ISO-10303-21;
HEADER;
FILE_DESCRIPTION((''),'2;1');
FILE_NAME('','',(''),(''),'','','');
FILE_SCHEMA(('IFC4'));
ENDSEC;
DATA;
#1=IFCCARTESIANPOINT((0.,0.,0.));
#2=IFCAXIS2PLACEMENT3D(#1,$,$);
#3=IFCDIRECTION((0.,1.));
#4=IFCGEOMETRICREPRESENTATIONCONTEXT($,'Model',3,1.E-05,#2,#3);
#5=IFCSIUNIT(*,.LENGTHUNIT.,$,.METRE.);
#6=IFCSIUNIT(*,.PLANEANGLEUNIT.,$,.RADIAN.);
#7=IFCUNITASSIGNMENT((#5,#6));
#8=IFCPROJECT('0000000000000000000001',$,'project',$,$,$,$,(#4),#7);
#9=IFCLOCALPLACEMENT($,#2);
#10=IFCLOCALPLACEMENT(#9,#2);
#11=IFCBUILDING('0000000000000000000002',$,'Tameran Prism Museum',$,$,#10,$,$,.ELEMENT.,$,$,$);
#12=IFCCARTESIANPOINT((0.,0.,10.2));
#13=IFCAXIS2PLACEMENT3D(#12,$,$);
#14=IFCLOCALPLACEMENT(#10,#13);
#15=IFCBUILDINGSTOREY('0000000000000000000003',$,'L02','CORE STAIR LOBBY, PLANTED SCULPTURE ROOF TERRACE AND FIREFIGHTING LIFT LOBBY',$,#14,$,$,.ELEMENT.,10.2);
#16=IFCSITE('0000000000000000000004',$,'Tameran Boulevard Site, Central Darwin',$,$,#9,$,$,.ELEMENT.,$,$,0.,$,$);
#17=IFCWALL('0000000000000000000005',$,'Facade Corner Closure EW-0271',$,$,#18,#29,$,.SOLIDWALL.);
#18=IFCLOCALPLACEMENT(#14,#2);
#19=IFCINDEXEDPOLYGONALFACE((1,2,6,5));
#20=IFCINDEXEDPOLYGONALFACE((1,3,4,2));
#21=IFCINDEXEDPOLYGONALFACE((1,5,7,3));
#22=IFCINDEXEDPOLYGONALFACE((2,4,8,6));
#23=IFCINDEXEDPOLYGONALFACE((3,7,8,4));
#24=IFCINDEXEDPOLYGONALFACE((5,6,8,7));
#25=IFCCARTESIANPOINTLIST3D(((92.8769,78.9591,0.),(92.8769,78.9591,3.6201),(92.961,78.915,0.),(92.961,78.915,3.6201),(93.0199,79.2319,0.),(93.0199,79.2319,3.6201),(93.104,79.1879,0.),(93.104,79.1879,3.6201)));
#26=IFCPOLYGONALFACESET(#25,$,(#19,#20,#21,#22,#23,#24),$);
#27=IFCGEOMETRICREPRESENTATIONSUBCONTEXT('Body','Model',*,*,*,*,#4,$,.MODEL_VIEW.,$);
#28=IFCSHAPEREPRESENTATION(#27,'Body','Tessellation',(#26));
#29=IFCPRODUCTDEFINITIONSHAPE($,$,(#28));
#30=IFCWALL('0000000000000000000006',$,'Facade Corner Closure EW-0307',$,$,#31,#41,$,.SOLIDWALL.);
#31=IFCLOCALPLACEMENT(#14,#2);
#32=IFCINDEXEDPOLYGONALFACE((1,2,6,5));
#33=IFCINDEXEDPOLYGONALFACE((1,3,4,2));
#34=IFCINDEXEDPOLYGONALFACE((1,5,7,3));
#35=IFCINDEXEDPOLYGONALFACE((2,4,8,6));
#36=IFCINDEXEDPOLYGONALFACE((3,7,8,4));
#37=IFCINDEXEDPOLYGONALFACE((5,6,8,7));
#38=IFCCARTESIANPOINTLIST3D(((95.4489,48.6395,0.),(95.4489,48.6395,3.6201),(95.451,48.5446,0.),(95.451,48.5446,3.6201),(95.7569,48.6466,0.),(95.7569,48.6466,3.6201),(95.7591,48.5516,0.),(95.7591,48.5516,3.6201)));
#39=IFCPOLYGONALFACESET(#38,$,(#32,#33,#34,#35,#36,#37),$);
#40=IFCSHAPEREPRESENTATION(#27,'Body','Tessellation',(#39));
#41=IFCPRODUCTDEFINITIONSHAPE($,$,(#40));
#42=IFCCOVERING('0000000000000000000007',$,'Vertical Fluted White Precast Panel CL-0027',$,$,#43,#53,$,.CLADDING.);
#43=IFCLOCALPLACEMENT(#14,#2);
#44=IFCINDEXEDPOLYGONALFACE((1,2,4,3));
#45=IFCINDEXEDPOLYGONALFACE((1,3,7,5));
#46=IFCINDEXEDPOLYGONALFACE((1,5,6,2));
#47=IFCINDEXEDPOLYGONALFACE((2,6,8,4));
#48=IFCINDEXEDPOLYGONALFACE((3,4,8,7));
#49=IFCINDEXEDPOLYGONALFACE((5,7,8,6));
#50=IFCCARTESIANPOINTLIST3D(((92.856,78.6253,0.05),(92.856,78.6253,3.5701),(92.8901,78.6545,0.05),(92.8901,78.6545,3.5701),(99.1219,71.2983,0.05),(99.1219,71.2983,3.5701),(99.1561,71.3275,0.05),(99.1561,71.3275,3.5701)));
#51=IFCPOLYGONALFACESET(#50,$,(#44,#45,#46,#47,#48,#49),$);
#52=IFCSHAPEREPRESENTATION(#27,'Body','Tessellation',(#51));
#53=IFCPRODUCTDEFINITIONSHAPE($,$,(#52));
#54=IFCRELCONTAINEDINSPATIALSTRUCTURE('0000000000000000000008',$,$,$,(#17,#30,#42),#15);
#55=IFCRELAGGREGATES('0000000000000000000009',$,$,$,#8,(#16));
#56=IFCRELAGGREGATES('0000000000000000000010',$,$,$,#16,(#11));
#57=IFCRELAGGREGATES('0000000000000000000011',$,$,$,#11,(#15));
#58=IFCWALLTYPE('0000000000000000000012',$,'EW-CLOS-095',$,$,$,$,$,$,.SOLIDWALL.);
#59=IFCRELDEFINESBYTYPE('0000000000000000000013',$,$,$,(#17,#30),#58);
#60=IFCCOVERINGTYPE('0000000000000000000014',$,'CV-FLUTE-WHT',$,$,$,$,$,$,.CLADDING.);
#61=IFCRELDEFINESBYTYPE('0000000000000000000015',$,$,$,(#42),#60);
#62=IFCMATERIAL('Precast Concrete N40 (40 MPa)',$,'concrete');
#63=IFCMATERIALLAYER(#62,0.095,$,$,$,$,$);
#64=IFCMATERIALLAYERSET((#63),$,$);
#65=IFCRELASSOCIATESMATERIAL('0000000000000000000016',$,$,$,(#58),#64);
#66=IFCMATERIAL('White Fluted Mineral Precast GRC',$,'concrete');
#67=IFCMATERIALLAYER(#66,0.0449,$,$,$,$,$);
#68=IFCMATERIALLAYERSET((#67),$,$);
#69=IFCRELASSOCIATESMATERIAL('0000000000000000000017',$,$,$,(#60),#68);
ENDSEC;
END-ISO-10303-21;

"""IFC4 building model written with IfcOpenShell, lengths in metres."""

from ifc_helpers import new_model, si_unit, direction, frame, frame_2d, origin, place, context, subcontext, project, spatial, rectangle, extrude, material, layer, layer_set, type_object, element, save


model = new_model("IFC4")

# Units and contexts
model_context = context("Model", 3, precision=1e-05, world=origin(), true_north=direction((0.0, 1.0)))
body_context = subcontext(model_context, "Body", "Model", "MODEL_VIEW")
ifc_project = project(units=[si_unit("LENGTHUNIT", "METRE"), si_unit("PLANEANGLEUNIT", "RADIAN")], contexts=[model_context])

# Site, building, storey
site_placement = place(None, origin())
site = spatial("IfcSite", under=ifc_project, at=site_placement, Name="Tameran Boulevard Site, Central Darwin", CompositionType="ELEMENT", RefElevation=0.0)
building_placement = place(site_placement, origin())
building = spatial("IfcBuilding", under=site, at=building_placement, Name="Tameran Prism Museum", CompositionType="ELEMENT")
storey_placement = place(building_placement, frame((0.0, 0.0, 10.2)))
storey = spatial("IfcBuildingStorey", under=building, at=storey_placement, Name="L02", Description="CORE STAIR LOBBY, PLANTED SCULPTURE ROOF TERRACE AND FIREFIGHTING LIFT LOBBY", CompositionType="ELEMENT", Elevation=10.2)

# Walls
ifc_material_1 = material(Name="Precast Concrete N40 (40 MPa)", Category="concrete")
ifc_layer_1 = layer(ifc_material_1, 0.095)
ifc_layer_set_1 = layer_set([ifc_layer_1])
wall_type = type_object("IfcWallType", Name="EW-CLOS-095", PredefinedType="SOLIDWALL", material=ifc_layer_set_1)
for number, where, z_axis, x_axis, name in (
    (1, (92.9189, 78.937, 0.0), (0.0, 0.0, 1.0), (0.464244, 0.885707, 0.0), "Facade Corner Closure EW-0271"),
    (2, (95.45, 48.592, 0.0), (0.0, 0.0, 1.0), (0.999736, 0.022973, 0.0), "Facade Corner Closure EW-0307"),
):
    element("IfcWall", number, at=place(storey_placement, frame(where, z_axis=z_axis, x_axis=x_axis)), inside=storey, type_object=wall_type, Name=name, PredefinedType="SOLIDWALL", context=body_context, shape_type="SweptSolid", body=[
        extrude(rectangle(XDim=0.3081, YDim=0.095, at=frame_2d((0.1541, 0.0))), origin(), (0.0, 0.0, 1.0), 3.6201),
    ])

# Covering
ifc_material_2 = material(Name="White Fluted Mineral Precast GRC", Category="concrete")
ifc_layer_2 = layer(ifc_material_2, 0.0449)
ifc_layer_set_2 = layer_set([ifc_layer_2])
covering_type = type_object("IfcCoveringType", Name="CV-FLUTE-WHT", PredefinedType="CLADDING", material=ifc_layer_set_2)
covering_placement = place(storey_placement, frame((99.1389, 71.313, 0.05), z_axis=(0.0, 0.0, 1.0), x_axis=(-0.649934, 0.759991, 0.0)))
element("IfcCovering", 3, at=covering_placement, inside=storey, type_object=covering_type, Name="Vertical Fluted White Precast Panel CL-0027", PredefinedType="CLADDING", context=body_context, shape_type="SweptSolid", body=[
    extrude(rectangle(XDim=9.6409, YDim=0.0449, at=frame_2d((4.8203, 0.0))), origin(), (0.0, 0.0, 1.0), 3.52),
])

save(model, "model.ifc")
